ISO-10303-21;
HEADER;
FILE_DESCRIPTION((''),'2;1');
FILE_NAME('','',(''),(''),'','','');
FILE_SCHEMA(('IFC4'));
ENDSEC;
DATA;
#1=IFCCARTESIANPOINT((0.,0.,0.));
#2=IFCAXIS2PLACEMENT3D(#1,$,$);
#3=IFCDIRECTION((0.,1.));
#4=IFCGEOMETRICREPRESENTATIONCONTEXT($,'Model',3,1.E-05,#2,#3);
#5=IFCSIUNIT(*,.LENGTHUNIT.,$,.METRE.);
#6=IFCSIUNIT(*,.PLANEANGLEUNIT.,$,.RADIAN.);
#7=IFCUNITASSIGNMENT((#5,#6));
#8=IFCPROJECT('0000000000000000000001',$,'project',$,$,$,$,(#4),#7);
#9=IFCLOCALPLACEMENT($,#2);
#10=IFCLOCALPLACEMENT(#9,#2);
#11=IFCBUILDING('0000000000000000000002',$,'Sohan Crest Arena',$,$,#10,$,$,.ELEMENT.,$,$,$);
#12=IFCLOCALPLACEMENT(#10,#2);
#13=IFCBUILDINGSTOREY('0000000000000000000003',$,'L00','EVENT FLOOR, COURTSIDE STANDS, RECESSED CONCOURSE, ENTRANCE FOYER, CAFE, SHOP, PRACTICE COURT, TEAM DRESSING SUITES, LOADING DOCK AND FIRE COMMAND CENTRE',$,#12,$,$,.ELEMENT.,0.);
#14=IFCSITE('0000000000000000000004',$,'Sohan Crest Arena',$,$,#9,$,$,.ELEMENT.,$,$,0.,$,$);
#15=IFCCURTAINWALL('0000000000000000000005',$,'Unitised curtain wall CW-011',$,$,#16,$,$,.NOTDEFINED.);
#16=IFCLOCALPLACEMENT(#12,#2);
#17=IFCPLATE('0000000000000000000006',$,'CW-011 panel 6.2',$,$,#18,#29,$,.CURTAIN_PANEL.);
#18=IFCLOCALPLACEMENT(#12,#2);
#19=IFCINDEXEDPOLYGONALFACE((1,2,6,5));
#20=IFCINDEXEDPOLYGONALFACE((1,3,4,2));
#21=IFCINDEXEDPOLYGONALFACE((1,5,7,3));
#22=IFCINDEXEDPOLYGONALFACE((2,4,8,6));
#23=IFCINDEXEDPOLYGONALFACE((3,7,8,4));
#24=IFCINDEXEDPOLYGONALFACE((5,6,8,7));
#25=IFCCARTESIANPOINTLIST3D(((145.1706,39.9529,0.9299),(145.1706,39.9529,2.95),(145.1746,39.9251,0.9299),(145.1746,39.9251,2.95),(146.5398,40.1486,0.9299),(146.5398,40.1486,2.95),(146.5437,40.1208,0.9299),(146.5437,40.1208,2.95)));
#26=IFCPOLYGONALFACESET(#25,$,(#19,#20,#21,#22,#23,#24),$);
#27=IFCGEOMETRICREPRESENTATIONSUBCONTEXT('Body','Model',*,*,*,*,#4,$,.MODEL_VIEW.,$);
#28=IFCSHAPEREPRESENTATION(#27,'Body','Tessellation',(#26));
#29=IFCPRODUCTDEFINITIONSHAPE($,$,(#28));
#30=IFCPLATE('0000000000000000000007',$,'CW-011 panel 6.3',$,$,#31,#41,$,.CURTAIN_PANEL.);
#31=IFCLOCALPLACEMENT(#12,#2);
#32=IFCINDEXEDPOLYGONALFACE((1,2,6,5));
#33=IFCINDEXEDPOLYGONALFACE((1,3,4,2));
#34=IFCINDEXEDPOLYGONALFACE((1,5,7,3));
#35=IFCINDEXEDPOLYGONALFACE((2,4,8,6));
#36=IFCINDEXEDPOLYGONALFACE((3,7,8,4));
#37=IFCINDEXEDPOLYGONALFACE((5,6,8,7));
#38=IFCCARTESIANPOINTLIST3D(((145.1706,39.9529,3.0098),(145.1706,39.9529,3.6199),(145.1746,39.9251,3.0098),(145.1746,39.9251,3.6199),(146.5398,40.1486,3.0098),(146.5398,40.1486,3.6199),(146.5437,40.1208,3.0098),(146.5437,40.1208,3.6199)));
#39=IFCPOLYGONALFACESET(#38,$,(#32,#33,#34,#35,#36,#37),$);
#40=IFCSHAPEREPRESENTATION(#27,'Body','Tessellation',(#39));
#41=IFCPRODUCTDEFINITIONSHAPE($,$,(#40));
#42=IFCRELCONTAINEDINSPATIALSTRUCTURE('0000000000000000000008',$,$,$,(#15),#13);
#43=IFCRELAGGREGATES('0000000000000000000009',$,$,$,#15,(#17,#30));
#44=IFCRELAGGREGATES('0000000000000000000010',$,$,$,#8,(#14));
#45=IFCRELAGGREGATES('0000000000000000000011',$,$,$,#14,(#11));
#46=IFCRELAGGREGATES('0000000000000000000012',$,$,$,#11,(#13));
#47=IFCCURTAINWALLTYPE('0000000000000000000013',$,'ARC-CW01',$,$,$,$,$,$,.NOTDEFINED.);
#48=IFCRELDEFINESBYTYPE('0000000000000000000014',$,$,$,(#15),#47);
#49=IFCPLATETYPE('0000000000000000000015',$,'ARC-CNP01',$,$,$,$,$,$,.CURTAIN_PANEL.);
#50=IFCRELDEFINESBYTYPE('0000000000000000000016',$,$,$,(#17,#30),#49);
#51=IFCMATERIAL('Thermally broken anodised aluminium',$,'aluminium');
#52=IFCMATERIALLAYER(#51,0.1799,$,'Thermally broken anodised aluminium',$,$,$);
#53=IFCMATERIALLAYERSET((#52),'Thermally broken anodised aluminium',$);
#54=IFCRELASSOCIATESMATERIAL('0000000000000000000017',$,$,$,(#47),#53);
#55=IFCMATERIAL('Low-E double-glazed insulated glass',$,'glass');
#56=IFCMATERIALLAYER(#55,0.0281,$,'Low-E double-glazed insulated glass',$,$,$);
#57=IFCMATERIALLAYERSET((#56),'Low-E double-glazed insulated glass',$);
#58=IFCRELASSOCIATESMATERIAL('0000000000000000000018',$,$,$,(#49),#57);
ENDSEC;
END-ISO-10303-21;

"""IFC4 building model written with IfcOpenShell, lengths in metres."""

from ifc_helpers import new_model, si_unit, direction, frame, origin, origin_2d, place, context, subcontext, project, spatial, rectangle, extrude, material, layer, layer_set, type_object, element, aggregate, save


model = new_model("IFC4")

# Units and contexts
model_context = context("Model", 3, precision=1e-05, world=origin(), true_north=direction((0.0, 1.0)))
body_context = subcontext(model_context, "Body", "Model", "MODEL_VIEW")
ifc_project = project(units=[si_unit("LENGTHUNIT", "METRE"), si_unit("PLANEANGLEUNIT", "RADIAN")], contexts=[model_context])

# Site, building, storey
site_placement = place(None, origin())
site = spatial("IfcSite", under=ifc_project, at=site_placement, Name="Sohan Crest Arena", CompositionType="ELEMENT", RefElevation=0.0)
building_placement = place(site_placement, origin())
building = spatial("IfcBuilding", under=site, at=building_placement, Name="Sohan Crest Arena", CompositionType="ELEMENT")
storey_placement = place(building_placement, origin())
storey = spatial("IfcBuildingStorey", under=building, at=storey_placement, Name="L00", Description="EVENT FLOOR, COURTSIDE STANDS, RECESSED CONCOURSE, ENTRANCE FOYER, CAFE, SHOP, PRACTICE COURT, TEAM DRESSING SUITES, LOADING DOCK AND FIRE COMMAND CENTRE", CompositionType="ELEMENT", Elevation=0.0)

# Curtain wall, plates
ifc_material_1 = material(Name="Thermally broken anodised aluminium", Category="aluminium")
ifc_layer_1 = layer(ifc_material_1, 0.1799, Name="Thermally broken anodised aluminium")
ifc_layer_set_1 = layer_set([ifc_layer_1], Name="Thermally broken anodised aluminium")
curtain_wall_type = type_object("IfcCurtainWallType", Name="ARC-CW01", PredefinedType="NOTDEFINED", material=ifc_layer_set_1)
curtain_wall_placement = place(storey_placement, origin())
curtain_wall = element("IfcCurtainWall", 1, at=curtain_wall_placement, inside=storey, type_object=curtain_wall_type, Name="Unitised curtain wall CW-011", PredefinedType="NOTDEFINED")
ifc_material_2 = material(Name="Low-E double-glazed insulated glass", Category="glass")
ifc_layer_2 = layer(ifc_material_2, 0.0281, Name="Low-E double-glazed insulated glass")
ifc_layer_set_2 = layer_set([ifc_layer_2], Name="Low-E double-glazed insulated glass")
plate_type = type_object("IfcPlateType", Name="ARC-CNP01", PredefinedType="CURTAIN_PANEL", material=ifc_layer_set_2)
plate_1_placement = place(storey_placement, frame((145.8572, 40.0369, 0.9299), z_axis=(0.0, 0.0, 1.0), x_axis=(0.989944, 0.141463, 0.0)))
plate_1 = element("IfcPlate", 2, at=plate_1_placement, type_object=plate_type, Name="CW-011 panel 6.2", PredefinedType="CURTAIN_PANEL", context=body_context, shape_type="SweptSolid", body=[
    extrude(rectangle(XDim=1.3831, YDim=0.0281, at=origin_2d()), origin(), (0.0, 0.0, 1.0), 2.02),
])
plate_2_placement = place(storey_placement, frame((145.8572, 40.0369, 3.0098), z_axis=(0.0, 0.0, 1.0), x_axis=(0.989944, 0.141463, 0.0)))
plate_2 = element("IfcPlate", 3, at=plate_2_placement, type_object=plate_type, Name="CW-011 panel 6.3", PredefinedType="CURTAIN_PANEL", context=body_context, shape_type="SweptSolid", body=[
    extrude(rectangle(XDim=1.3831, YDim=0.0281, at=origin_2d()), origin(), (0.0, 0.0, 1.0), 0.6101),
])
aggregate(curtain_wall, [plate_1, plate_2])

save(model, "model.ifc")
